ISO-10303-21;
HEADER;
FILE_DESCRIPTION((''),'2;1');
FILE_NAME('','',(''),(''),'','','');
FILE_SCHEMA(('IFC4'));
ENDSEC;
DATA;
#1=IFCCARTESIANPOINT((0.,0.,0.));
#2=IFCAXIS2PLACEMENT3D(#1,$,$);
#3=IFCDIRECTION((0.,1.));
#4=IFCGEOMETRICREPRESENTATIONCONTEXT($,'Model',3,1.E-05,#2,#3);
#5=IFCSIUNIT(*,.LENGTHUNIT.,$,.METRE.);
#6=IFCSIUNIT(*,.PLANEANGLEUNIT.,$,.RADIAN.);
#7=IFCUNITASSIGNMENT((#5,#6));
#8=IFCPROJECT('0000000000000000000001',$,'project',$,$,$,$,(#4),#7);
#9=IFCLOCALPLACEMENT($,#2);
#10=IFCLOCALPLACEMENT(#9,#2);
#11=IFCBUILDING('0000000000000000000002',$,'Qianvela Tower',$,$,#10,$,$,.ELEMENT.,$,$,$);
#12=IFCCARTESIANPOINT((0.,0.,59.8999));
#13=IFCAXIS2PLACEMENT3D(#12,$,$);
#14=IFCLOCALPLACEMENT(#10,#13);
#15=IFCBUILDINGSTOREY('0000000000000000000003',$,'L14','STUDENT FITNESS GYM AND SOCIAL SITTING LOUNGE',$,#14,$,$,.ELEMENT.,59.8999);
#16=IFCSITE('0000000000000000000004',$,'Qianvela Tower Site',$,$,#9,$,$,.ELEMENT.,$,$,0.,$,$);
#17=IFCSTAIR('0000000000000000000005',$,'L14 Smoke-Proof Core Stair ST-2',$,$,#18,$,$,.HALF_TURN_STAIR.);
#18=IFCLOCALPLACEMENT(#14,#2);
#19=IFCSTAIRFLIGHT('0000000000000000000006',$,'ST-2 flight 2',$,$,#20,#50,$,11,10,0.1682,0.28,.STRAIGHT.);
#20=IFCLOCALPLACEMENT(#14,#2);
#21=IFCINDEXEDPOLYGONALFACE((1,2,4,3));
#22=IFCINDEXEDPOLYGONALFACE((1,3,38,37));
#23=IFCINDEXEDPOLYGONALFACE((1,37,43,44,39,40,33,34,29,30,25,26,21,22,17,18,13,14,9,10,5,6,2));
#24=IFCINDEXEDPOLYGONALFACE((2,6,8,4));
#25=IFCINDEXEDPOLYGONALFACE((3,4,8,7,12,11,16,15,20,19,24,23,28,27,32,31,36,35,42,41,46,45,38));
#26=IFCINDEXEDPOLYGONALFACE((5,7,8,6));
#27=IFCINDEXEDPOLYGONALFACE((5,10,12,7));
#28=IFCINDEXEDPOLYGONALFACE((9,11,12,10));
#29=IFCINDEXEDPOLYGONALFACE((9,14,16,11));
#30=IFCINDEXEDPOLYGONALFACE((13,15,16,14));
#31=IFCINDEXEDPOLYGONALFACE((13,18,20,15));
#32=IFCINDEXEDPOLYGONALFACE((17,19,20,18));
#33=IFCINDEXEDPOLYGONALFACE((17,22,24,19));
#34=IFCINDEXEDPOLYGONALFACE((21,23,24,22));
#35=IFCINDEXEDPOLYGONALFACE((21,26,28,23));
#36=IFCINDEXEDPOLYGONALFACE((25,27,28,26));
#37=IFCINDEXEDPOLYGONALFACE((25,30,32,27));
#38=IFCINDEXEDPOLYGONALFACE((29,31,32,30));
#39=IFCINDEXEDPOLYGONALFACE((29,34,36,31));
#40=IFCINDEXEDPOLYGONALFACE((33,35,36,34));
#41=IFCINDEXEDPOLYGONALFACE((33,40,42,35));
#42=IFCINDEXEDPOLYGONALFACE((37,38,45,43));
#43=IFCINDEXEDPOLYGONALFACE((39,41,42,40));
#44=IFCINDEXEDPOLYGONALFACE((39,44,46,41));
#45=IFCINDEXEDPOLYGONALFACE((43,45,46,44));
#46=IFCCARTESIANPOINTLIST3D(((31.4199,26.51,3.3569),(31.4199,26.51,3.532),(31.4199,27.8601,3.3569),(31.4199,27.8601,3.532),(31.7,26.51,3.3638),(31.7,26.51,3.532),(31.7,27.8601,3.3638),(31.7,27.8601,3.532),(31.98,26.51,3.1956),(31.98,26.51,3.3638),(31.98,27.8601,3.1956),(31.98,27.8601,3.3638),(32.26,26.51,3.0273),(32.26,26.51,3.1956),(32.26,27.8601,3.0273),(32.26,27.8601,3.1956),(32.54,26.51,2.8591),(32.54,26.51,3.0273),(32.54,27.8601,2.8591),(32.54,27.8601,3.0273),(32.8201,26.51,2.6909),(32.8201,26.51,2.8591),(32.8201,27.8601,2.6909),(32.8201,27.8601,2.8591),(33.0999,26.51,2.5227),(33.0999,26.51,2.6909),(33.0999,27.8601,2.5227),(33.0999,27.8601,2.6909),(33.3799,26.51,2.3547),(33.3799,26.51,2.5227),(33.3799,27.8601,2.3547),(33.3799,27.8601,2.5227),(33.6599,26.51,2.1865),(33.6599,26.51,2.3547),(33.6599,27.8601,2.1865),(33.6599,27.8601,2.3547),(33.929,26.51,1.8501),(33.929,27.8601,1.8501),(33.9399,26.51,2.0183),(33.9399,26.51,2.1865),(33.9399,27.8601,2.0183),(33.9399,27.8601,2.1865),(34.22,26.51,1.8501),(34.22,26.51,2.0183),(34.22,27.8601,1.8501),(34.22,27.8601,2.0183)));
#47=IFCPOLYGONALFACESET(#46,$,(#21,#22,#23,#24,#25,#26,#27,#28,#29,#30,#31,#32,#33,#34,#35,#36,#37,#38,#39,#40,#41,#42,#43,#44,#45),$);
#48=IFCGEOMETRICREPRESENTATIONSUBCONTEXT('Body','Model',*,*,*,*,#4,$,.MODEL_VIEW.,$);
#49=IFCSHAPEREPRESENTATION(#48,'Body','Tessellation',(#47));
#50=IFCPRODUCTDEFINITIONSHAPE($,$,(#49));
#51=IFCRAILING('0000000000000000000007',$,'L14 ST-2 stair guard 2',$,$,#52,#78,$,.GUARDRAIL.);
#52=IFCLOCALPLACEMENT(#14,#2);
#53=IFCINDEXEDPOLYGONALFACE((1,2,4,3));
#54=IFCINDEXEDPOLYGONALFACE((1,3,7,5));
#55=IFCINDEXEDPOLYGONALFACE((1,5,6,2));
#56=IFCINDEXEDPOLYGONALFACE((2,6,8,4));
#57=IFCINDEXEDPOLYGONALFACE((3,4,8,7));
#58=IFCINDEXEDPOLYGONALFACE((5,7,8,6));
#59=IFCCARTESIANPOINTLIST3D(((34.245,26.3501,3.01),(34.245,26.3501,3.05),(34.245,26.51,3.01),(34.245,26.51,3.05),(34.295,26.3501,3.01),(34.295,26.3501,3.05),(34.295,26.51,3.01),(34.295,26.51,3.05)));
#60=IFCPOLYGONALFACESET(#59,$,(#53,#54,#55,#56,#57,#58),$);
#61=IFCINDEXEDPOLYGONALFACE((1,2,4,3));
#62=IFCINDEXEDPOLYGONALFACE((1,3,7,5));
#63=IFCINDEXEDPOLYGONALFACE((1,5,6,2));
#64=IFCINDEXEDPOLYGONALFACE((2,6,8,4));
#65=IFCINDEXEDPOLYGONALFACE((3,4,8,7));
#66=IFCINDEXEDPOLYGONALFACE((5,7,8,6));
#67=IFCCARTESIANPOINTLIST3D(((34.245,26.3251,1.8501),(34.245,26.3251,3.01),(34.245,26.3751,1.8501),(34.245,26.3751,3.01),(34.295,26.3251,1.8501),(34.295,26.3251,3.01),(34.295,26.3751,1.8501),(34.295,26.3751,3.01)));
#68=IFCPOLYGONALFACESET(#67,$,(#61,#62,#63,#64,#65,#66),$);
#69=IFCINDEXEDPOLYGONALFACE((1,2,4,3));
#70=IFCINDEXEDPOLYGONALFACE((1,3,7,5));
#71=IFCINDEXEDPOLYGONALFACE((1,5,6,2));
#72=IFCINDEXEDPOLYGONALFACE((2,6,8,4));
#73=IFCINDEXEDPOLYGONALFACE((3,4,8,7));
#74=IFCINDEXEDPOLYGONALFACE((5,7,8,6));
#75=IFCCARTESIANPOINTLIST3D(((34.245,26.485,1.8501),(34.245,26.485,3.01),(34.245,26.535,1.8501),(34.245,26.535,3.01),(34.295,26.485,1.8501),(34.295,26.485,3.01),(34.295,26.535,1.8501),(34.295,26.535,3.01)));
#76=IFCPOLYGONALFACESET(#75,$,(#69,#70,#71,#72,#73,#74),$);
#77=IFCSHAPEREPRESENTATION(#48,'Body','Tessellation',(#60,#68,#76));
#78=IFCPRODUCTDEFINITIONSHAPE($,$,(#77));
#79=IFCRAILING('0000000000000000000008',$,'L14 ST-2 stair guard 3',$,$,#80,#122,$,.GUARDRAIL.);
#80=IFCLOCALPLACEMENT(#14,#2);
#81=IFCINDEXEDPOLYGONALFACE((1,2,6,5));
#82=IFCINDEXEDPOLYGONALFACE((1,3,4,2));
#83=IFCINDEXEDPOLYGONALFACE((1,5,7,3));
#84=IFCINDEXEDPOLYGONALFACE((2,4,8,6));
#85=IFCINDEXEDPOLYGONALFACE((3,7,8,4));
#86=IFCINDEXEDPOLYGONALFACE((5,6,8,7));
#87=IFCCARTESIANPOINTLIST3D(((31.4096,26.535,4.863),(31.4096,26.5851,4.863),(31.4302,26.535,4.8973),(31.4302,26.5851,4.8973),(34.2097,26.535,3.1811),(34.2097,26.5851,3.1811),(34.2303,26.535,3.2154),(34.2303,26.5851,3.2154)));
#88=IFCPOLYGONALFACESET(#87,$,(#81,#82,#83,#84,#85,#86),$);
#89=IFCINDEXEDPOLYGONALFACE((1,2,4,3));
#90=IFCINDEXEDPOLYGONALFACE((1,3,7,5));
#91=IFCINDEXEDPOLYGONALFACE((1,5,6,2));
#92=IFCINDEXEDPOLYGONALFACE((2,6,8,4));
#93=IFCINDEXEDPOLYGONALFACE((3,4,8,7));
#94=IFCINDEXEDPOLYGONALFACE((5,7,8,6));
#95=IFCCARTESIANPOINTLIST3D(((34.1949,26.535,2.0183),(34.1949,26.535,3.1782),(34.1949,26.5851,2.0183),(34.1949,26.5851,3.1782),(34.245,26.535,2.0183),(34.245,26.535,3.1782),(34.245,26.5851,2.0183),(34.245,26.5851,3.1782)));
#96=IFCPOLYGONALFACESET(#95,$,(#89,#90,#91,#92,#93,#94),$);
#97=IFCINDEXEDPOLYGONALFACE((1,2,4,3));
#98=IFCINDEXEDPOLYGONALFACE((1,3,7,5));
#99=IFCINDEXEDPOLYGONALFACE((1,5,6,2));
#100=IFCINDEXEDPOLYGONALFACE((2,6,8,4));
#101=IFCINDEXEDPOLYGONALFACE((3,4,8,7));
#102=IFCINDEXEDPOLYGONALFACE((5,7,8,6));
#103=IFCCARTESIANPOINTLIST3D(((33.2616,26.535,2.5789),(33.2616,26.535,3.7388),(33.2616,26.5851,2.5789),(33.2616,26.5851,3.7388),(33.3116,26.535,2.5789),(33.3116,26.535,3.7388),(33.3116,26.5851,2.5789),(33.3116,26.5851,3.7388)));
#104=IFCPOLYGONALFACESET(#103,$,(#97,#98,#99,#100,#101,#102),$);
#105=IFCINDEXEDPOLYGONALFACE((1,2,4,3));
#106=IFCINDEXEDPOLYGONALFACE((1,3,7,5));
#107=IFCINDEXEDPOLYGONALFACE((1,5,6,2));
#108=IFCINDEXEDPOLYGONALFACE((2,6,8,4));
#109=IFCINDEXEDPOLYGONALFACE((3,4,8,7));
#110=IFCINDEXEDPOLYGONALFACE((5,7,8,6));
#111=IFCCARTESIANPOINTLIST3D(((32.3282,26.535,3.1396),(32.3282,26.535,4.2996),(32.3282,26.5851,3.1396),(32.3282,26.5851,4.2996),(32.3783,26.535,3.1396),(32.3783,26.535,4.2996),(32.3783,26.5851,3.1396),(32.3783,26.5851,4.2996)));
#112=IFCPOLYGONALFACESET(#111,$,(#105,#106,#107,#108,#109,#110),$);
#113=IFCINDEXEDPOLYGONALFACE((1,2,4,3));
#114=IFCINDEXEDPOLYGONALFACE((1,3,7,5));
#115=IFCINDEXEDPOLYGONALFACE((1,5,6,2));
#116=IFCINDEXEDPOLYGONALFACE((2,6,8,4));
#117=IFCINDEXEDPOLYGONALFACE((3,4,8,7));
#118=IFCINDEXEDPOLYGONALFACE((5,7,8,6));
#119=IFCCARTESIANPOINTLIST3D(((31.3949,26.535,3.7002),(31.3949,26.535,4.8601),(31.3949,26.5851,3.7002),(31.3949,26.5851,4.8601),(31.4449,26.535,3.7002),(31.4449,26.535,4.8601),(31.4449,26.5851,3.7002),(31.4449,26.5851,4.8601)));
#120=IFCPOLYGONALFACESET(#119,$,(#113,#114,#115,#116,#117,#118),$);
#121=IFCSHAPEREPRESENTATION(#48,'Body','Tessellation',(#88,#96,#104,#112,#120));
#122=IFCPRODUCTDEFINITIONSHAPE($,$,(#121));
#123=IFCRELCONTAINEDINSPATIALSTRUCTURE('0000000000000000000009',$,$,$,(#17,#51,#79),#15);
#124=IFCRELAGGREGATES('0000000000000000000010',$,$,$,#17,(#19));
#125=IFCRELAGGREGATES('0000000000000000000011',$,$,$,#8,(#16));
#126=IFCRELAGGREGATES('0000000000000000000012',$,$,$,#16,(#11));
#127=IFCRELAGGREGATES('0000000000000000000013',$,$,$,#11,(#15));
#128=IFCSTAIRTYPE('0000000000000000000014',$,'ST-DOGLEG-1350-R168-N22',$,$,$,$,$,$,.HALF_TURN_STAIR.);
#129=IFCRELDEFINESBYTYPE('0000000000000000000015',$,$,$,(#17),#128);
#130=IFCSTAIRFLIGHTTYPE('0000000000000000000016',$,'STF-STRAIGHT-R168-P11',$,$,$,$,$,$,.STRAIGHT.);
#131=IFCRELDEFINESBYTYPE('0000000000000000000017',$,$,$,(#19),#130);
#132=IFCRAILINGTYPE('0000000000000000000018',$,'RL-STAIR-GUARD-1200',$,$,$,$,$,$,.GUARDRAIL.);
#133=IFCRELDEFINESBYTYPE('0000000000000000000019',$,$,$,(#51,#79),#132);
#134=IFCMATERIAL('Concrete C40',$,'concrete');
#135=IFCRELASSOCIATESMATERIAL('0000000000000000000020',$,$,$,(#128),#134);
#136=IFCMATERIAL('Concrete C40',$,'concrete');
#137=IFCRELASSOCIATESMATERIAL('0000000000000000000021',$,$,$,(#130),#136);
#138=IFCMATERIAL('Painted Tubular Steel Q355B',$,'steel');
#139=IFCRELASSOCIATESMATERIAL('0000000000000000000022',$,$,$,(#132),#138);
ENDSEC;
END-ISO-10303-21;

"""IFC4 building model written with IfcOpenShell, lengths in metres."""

from ifc_helpers import new_model, si_unit, direction, frame, origin, origin_2d, place, context, subcontext, project, spatial, polyline, rectangle, outline, extrude, material, type_object, element, aggregate, save


model = new_model("IFC4")

# Units and contexts
model_context = context("Model", 3, precision=1e-05, world=origin(), true_north=direction((0.0, 1.0)))
body_context = subcontext(model_context, "Body", "Model", "MODEL_VIEW")
ifc_project = project(units=[si_unit("LENGTHUNIT", "METRE"), si_unit("PLANEANGLEUNIT", "RADIAN")], contexts=[model_context])

# Site, building, storey
site_placement = place(None, origin())
site = spatial("IfcSite", under=ifc_project, at=site_placement, Name="Qianvela Tower Site", CompositionType="ELEMENT", RefElevation=0.0)
building_placement = place(site_placement, origin())
building = spatial("IfcBuilding", under=site, at=building_placement, Name="Qianvela Tower", CompositionType="ELEMENT")
storey_placement = place(building_placement, frame((0.0, 0.0, 59.8999)))
storey = spatial("IfcBuildingStorey", under=building, at=storey_placement, Name="L14", Description="STUDENT FITNESS GYM AND SOCIAL SITTING LOUNGE", CompositionType="ELEMENT", Elevation=59.8999)

# Stair, stair flight
ifc_material_1 = material(Name="Concrete C40", Category="concrete")
stair_type = type_object("IfcStairType", Name="ST-DOGLEG-1350-R168-N22", PredefinedType="HALF_TURN_STAIR", material=ifc_material_1)
stair_placement = place(storey_placement, origin())
stair = element("IfcStair", 1, at=stair_placement, inside=storey, type_object=stair_type, Name="L14 Smoke-Proof Core Stair ST-2", PredefinedType="HALF_TURN_STAIR")
ifc_material_2 = material(Name="Concrete C40", Category="concrete")
stair_flight_type = type_object("IfcStairFlightType", Name="STF-STRAIGHT-R168-P11", PredefinedType="STRAIGHT", material=ifc_material_2)
stair_flight_placement = place(storey_placement, frame((34.22, 27.1851, 1.8501), z_axis=(0.0, 0.0, 1.0), x_axis=(-1.0, 0.0, 0.0)))
stair_flight = element("IfcStairFlight", 2, at=stair_flight_placement, type_object=stair_flight_type, Name="ST-2 flight 2", NumberOfRisers=11, NumberOfTreads=10, PredefinedType="STRAIGHT", RiserHeight=0.1682, TreadLength=0.28, context=body_context, shape_type="SweptSolid", body=[
    extrude(outline(polyline([(0.0, 0.0), (0.0, 0.1682), (0.28, 0.1682), (0.28, 0.3364), (0.5601, 0.3364), (0.5601, 0.5046), (0.8401, 0.5046), (0.8401, 0.6726), (1.1201, 0.6726), (1.1201, 0.8408), (1.3999, 0.8408), (1.3999, 1.009), (1.6799, 1.009), (1.6799, 1.1772), (1.96, 1.1772), (1.96, 1.3455), (2.24, 1.3455), (2.24, 1.5137), (2.52, 1.5137), (2.52, 1.6819), (2.8, 1.6819), (2.8, 1.8501), (2.8, 1.5068), (0.291, 0.0), (0.0, 0.0)])), frame((0.0, 0.675, 0.0), z_axis=(0.0, -1.0, 0.0), x_axis=(1.0, 0.0, 0.0)), (0.0, 0.0, 1.0), 1.3501),
])
aggregate(stair, [stair_flight])

# Railings
ifc_material_3 = material(Name="Painted Tubular Steel Q355B", Category="steel")
railing_type = type_object("IfcRailingType", Name="RL-STAIR-GUARD-1200", PredefinedType="GUARDRAIL", material=ifc_material_3)
railing_1_placement = place(storey_placement, frame((34.27, 26.3501, 1.8501)))
element("IfcRailing", 3, at=railing_1_placement, inside=storey, type_object=railing_type, Name="L14 ST-2 stair guard 2", PredefinedType="GUARDRAIL", context=body_context, shape_type="SweptSolid", body=[
    extrude(rectangle(XDim=0.05, YDim=0.04, at=origin_2d()), frame((0.0, 0.0, 1.1799), z_axis=(0.0, 1.0, 0.0), x_axis=(-1.0, 0.0, 0.0)), (0.0, 0.0, 1.0), 0.1599),
    extrude(rectangle(XDim=0.05, YDim=0.05, at=origin_2d()), origin(), (0.0, 0.0, 1.0), 1.1599),
    extrude(rectangle(XDim=0.05, YDim=0.05, at=origin_2d()), frame((0.0, 0.1599, 0.0)), (0.0, 0.0, 1.0), 1.1599),
])
railing_2_placement = place(storey_placement, frame((34.22, 26.5601, 2.0183)))
element("IfcRailing", 4, at=railing_2_placement, inside=storey, type_object=railing_type, Name="L14 ST-2 stair guard 3", PredefinedType="GUARDRAIL", context=body_context, shape_type="SweptSolid", body=[
    extrude(rectangle(XDim=0.05, YDim=0.04, at=origin_2d()), frame((0.0, 0.0, 1.1799), z_axis=(-0.857242, 0.0, 0.514913), x_axis=(0.0, -1.0, 0.0)), (0.0, 0.0, 1.0), 3.2664),
    extrude(rectangle(XDim=0.05, YDim=0.05, at=origin_2d()), origin(), (0.0, 0.0, 1.0), 1.1599),
    extrude(rectangle(XDim=0.05, YDim=0.05, at=origin_2d()), frame((-0.9333, 0.0, 0.5605)), (0.0, 0.0, 1.0), 1.1599),
    extrude(rectangle(XDim=0.05, YDim=0.05, at=origin_2d()), frame((-1.8667, 0.0, 1.1213)), (0.0, 0.0, 1.0), 1.1599),
    extrude(rectangle(XDim=0.05, YDim=0.05, at=origin_2d()), frame((-2.8, 0.0, 1.6819)), (0.0, 0.0, 1.0), 1.1599),
])

save(model, "model.ifc")
